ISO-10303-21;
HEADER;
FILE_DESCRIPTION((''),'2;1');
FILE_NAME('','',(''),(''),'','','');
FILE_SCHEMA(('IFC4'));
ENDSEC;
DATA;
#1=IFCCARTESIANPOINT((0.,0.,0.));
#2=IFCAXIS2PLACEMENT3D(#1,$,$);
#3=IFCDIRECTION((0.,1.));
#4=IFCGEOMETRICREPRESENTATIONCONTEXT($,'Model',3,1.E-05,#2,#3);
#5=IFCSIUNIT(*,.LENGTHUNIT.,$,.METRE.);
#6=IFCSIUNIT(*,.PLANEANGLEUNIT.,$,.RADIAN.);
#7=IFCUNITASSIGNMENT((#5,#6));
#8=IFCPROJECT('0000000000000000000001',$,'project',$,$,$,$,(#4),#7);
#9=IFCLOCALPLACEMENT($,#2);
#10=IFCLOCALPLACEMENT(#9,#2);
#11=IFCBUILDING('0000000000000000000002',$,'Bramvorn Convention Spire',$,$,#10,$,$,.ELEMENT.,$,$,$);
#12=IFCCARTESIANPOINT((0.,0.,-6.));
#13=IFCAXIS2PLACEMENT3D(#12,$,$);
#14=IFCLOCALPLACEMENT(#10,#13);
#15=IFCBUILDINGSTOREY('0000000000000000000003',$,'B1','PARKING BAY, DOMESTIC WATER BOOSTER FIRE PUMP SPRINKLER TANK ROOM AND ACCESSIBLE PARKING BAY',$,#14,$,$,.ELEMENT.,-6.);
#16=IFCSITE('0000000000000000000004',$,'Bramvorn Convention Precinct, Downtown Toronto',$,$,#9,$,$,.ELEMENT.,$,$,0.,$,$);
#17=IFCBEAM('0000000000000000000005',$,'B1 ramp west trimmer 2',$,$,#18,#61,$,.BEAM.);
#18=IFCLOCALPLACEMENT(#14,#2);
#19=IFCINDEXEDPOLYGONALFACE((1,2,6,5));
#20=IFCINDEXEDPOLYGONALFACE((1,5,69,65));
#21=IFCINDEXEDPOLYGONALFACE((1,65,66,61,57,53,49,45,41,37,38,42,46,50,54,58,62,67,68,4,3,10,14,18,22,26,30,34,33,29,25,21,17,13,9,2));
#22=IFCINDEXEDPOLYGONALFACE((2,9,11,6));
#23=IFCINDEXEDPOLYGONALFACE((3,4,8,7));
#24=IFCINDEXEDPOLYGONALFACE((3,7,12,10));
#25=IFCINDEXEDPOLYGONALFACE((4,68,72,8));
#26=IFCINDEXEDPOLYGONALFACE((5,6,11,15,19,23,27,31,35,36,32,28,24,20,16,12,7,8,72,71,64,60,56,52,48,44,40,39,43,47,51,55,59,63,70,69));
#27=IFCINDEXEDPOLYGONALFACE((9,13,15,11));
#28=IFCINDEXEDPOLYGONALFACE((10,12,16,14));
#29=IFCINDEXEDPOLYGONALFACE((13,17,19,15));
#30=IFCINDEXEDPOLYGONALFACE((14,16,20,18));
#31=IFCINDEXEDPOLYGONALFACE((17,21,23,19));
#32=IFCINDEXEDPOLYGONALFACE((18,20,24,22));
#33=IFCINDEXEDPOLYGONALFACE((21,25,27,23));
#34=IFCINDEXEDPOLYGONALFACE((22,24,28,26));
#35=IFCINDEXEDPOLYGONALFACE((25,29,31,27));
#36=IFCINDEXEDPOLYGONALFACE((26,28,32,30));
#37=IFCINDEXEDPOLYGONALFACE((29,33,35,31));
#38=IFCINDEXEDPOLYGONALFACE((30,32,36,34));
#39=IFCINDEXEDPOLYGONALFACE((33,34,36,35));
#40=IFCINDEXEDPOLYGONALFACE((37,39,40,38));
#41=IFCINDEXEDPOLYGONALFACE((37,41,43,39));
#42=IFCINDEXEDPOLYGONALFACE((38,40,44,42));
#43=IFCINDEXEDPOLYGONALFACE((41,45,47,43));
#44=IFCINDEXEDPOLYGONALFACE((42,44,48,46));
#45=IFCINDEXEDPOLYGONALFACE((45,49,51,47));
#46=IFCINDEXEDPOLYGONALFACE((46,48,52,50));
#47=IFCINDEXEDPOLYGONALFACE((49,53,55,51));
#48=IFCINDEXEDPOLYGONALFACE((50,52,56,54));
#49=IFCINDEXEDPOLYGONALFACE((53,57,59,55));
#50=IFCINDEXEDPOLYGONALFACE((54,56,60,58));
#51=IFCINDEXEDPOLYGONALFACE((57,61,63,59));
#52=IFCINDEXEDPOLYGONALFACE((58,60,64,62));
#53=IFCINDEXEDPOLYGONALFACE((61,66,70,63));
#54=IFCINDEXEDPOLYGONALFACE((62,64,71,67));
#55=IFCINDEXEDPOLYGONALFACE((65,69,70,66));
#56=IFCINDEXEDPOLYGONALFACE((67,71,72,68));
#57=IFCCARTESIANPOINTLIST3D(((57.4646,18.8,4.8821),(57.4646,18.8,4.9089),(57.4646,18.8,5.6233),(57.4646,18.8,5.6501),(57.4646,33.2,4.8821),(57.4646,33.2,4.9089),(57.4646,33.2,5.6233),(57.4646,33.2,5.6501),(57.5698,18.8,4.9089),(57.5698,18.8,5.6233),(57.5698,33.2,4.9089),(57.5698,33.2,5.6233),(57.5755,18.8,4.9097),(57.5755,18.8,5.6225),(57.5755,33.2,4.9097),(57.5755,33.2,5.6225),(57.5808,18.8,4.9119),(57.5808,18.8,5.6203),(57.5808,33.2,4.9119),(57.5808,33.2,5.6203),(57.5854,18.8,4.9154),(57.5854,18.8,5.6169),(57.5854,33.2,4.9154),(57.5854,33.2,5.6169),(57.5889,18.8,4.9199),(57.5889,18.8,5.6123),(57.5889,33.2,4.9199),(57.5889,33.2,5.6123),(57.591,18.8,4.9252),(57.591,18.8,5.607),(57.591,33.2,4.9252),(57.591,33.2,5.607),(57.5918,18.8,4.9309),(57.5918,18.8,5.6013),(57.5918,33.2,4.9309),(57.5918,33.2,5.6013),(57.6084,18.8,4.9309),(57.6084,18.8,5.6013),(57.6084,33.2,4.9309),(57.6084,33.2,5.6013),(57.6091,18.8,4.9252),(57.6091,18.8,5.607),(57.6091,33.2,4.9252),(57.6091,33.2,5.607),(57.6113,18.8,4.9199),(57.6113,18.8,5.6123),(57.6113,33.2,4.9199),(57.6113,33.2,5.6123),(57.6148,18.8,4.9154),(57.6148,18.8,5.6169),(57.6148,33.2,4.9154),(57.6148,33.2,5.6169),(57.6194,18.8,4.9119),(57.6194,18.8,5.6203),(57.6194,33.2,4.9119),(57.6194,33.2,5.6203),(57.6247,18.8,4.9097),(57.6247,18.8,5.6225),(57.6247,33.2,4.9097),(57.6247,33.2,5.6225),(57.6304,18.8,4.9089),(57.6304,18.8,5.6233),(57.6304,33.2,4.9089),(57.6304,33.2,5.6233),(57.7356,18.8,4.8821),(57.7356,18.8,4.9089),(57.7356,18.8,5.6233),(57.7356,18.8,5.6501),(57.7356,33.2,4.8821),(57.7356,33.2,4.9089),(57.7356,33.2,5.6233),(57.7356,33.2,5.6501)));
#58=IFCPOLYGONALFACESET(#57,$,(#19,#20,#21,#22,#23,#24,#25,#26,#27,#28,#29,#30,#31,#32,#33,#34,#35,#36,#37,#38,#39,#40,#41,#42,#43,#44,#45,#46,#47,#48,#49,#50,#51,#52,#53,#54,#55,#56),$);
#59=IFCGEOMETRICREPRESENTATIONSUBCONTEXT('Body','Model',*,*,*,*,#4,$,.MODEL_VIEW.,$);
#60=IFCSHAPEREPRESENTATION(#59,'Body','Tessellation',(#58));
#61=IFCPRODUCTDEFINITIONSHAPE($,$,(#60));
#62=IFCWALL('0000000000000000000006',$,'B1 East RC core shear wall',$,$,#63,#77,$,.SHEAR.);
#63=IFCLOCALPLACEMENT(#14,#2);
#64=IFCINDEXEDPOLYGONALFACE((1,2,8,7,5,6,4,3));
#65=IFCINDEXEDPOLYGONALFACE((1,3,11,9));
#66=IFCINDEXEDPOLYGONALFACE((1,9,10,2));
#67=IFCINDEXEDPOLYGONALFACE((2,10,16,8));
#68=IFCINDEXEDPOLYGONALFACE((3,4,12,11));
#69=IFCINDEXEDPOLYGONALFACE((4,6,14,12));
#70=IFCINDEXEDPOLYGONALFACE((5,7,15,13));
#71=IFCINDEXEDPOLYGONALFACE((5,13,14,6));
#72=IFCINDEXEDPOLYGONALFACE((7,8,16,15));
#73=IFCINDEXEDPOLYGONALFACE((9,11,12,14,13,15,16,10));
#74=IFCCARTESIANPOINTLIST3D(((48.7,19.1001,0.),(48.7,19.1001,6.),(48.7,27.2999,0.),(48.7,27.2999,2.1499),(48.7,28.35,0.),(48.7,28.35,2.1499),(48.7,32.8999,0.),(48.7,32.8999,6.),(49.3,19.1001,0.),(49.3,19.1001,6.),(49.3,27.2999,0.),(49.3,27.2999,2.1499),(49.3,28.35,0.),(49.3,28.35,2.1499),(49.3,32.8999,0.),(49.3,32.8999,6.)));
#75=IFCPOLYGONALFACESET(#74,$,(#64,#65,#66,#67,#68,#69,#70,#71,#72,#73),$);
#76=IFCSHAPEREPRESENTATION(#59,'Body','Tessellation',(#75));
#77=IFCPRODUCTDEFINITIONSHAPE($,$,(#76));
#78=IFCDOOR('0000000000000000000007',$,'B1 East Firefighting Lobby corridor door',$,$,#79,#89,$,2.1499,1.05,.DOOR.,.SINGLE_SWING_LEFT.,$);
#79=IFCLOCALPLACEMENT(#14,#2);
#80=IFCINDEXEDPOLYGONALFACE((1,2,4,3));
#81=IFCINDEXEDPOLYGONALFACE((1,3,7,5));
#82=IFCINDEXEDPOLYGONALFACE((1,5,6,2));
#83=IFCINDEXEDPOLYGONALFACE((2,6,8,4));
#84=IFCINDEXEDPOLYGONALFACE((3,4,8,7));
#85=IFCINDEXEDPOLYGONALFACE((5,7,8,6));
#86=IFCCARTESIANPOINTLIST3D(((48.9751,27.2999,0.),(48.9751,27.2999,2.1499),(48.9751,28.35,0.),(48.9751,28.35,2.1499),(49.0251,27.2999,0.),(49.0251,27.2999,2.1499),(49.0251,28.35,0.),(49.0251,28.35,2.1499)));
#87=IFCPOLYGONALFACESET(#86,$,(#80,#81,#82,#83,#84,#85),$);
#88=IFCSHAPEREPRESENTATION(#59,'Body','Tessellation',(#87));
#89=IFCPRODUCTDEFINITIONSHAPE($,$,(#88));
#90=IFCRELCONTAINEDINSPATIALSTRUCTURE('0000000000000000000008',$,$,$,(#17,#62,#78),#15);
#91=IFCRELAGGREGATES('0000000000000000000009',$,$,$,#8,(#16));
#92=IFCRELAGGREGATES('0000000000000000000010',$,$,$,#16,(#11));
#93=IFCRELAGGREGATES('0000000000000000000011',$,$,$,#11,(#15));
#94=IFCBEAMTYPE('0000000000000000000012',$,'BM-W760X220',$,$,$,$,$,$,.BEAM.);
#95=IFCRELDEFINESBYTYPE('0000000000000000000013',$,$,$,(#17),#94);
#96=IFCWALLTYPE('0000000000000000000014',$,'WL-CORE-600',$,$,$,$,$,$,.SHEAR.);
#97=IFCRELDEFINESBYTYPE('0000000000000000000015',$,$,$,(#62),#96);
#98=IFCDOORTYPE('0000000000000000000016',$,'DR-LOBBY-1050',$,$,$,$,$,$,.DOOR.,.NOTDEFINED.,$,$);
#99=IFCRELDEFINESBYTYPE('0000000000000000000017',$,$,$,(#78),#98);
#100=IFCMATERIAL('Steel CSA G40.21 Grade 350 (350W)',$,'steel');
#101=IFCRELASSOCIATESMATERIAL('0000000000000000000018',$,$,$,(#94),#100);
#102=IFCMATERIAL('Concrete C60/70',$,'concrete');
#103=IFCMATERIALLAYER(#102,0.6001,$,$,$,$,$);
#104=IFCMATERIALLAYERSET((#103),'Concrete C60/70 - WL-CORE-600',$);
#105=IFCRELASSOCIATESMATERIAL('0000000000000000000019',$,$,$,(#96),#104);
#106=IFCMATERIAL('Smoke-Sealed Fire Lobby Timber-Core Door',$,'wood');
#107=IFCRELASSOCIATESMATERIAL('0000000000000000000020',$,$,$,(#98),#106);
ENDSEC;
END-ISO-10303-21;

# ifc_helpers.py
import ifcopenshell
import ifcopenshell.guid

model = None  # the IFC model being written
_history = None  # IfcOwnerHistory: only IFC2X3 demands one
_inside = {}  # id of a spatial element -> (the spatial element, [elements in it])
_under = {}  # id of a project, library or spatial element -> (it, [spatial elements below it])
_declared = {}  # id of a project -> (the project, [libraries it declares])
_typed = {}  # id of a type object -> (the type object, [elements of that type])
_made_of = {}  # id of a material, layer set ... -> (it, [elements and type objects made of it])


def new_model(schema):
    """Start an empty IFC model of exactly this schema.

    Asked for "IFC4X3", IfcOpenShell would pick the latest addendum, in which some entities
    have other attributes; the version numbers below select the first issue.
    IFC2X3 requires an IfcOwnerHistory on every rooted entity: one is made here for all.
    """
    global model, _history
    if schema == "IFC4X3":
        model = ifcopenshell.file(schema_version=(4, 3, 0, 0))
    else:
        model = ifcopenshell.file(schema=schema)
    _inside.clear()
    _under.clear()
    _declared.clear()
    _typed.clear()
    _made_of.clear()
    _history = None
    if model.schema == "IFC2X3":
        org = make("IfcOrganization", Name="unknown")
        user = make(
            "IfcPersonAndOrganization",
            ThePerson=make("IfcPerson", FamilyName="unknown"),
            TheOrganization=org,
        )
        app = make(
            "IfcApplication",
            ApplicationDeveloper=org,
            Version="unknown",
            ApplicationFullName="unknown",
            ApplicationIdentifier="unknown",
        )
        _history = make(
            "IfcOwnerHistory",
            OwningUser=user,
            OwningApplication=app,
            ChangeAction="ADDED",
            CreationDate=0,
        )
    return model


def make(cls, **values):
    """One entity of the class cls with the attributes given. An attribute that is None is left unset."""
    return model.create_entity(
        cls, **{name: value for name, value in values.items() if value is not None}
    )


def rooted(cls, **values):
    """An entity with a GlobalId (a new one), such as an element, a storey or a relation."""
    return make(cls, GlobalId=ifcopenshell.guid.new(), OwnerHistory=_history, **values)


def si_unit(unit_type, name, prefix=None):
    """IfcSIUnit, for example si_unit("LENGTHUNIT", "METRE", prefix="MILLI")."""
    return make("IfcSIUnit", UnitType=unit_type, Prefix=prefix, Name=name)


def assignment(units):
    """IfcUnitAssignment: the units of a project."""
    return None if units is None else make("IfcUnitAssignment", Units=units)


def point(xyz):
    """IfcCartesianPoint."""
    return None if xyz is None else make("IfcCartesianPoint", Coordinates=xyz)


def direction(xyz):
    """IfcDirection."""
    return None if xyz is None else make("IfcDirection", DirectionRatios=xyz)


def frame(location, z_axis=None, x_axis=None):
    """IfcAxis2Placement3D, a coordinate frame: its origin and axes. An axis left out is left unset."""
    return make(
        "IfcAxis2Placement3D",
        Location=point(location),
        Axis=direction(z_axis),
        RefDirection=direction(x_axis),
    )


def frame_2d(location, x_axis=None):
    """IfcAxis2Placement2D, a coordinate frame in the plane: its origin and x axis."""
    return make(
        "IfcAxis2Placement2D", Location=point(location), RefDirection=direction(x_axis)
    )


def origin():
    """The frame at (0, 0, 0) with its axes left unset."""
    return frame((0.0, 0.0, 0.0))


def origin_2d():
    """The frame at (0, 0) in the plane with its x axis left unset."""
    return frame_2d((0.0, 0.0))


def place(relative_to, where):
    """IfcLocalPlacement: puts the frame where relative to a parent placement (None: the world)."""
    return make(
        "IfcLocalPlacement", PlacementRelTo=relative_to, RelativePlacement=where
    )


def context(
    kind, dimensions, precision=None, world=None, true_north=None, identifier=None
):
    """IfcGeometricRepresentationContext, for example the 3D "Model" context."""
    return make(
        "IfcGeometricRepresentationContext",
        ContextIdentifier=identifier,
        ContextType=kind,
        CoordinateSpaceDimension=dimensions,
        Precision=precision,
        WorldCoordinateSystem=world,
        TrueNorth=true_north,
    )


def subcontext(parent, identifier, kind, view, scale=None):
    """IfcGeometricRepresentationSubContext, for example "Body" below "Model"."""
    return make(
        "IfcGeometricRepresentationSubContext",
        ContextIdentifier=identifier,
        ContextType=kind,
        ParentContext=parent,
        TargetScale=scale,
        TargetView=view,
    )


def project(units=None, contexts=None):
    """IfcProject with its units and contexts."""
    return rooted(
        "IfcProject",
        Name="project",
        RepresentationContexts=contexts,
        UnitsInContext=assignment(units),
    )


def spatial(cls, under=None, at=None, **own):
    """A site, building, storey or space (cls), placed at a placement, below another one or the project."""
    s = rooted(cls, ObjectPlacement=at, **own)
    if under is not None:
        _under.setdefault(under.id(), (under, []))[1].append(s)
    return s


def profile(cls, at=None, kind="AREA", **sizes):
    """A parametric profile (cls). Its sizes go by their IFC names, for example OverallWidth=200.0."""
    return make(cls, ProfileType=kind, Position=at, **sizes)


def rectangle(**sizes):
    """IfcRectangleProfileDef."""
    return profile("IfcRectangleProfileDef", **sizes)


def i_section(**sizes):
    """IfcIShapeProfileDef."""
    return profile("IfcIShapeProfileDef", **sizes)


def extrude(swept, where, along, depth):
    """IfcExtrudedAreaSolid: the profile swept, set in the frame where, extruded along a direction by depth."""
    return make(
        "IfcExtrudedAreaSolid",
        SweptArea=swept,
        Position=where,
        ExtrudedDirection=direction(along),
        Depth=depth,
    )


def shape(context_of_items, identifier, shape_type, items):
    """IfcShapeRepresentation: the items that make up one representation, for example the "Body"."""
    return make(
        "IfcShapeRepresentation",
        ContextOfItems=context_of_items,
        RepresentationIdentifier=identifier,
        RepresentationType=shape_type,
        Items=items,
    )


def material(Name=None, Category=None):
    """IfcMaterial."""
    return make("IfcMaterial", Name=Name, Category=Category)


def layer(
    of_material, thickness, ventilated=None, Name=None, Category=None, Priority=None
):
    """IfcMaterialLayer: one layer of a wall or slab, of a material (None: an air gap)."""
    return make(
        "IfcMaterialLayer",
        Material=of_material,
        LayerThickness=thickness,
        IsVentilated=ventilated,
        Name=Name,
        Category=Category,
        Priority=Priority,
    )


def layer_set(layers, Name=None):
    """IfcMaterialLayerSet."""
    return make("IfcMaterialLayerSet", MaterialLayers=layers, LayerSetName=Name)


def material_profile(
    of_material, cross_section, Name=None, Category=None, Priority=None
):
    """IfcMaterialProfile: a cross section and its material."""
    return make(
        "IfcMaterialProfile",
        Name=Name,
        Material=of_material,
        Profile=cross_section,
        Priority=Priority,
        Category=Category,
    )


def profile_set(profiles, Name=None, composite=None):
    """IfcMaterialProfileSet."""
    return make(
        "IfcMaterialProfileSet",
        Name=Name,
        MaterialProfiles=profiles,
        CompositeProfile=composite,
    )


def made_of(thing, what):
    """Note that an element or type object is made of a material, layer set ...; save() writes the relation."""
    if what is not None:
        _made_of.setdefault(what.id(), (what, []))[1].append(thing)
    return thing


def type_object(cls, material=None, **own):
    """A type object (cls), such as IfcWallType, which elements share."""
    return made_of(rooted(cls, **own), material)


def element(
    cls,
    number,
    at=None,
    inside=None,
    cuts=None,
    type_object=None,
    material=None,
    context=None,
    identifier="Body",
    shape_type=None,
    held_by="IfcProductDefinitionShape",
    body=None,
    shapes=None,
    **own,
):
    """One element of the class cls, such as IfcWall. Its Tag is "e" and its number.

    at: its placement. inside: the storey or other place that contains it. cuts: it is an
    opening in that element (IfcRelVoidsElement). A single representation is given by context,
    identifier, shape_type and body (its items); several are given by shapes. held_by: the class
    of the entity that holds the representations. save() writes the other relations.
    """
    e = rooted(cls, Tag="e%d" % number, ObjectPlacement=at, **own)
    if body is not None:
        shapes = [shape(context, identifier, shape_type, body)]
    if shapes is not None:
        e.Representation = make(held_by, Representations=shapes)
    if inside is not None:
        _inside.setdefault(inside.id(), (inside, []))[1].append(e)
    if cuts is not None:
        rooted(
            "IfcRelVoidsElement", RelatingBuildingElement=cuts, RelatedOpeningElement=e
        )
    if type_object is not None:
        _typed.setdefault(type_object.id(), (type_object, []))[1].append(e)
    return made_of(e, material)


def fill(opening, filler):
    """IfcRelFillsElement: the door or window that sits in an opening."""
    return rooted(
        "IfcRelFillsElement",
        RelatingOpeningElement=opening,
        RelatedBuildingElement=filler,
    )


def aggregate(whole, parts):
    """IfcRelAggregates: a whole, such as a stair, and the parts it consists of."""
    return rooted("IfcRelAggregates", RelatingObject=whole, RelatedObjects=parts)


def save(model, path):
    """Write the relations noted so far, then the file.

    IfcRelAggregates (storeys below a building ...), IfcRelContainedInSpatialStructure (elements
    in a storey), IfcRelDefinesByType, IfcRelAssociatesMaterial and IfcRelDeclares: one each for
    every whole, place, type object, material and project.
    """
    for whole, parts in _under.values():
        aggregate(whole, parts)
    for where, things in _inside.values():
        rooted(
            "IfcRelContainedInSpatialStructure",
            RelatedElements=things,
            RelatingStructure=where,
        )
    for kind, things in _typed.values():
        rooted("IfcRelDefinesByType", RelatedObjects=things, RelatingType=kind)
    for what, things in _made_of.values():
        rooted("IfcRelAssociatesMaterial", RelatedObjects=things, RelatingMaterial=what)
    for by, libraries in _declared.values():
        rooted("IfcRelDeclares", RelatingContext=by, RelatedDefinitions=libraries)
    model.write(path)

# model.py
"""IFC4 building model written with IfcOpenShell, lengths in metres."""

from ifc_helpers import new_model, si_unit, direction, frame, frame_2d, origin, origin_2d, place, context, subcontext, project, spatial, rectangle, i_section, extrude, material, layer, layer_set, material_profile, profile_set, type_object, element, fill, save


model = new_model("IFC4")

# Units and contexts
model_context = context("Model", 3, precision=1e-05, world=origin(), true_north=direction((0.0, 1.0)))
body_context = subcontext(model_context, "Body", "Model", "MODEL_VIEW")
ifc_project = project(units=[si_unit("LENGTHUNIT", "METRE"), si_unit("PLANEANGLEUNIT", "RADIAN")], contexts=[model_context])

# Site, building, storey
site_placement = place(None, origin())
site = spatial("IfcSite", under=ifc_project, at=site_placement, Name="Bramvorn Convention Precinct, Downtown Toronto", CompositionType="ELEMENT", RefElevation=0.0)
building_placement = place(site_placement, origin())
building = spatial("IfcBuilding", under=site, at=building_placement, Name="Bramvorn Convention Spire", CompositionType="ELEMENT")
storey_placement = place(building_placement, frame((0.0, 0.0, -6.0)))
storey = spatial("IfcBuildingStorey", under=building, at=storey_placement, Name="B1", Description="PARKING BAY, DOMESTIC WATER BOOSTER FIRE PUMP SPRINKLER TANK ROOM AND ACCESSIBLE PARKING BAY", CompositionType="ELEMENT", Elevation=-6.0)

# Shared definitions
ifc_material_1 = material(Name="Concrete C60/70", Category="concrete")

# Shared definitions
ifc_material_2 = material(Name="Steel CSA G40.21 Grade 350 (350W)", Category="steel")

# Beam
ifc_material_profile_1 = material_profile(ifc_material_2, i_section(OverallWidth=0.271, OverallDepth=0.7681, WebThickness=0.0166, FlangeThickness=0.0269, FilletRadius=0.022, at=origin_2d()))
ifc_profile_set_1 = profile_set([ifc_material_profile_1], Name="Steel CSA G40.21 Grade 350 (350W) - W760X220")
beam_type_1 = type_object("IfcBeamType", Name="BM-W760X220", PredefinedType="BEAM", material=ifc_profile_set_1)
beam_1_placement = place(storey_placement, frame((57.6001, 18.8, 5.2661), z_axis=(0.0, 1.0, 0.0), x_axis=(-1.0, 0.0, 0.0)))
element("IfcBeam", 1, at=beam_1_placement, inside=storey, type_object=beam_type_1, Name="B1 ramp west trimmer 2", PredefinedType="BEAM", context=body_context, shape_type="SweptSolid", body=[
    extrude(i_section(OverallWidth=0.271, OverallDepth=0.7681, WebThickness=0.0166, FlangeThickness=0.0269, FilletRadius=0.022, at=origin_2d()), origin(), (0.0, 0.0, 1.0), 14.3999),
])

# Wall, opening, door
ifc_layer_1 = layer(ifc_material_1, 0.6001)
ifc_layer_set_1 = layer_set([ifc_layer_1], Name="Concrete C60/70 - WL-CORE-600")
wall_type = type_object("IfcWallType", Name="WL-CORE-600", PredefinedType="SHEAR", material=ifc_layer_set_1)
wall_placement = place(storey_placement, frame((49.0, 19.1001, 0.0), z_axis=(0.0, 0.0, 1.0), x_axis=(0.0, 1.0, 0.0)))
wall = element("IfcWall", 2, at=wall_placement, inside=storey, type_object=wall_type, Name="B1 East RC core shear wall", PredefinedType="SHEAR", context=body_context, shape_type="SweptSolid", body=[
    extrude(rectangle(XDim=13.7998, YDim=0.6001, at=frame_2d((6.8999, 0.0))), origin(), (0.0, 0.0, 1.0), 6.0),
])
opening_placement = place(wall_placement, frame((8.2, 0.0, 0.0)))
opening = element("IfcOpeningElement", 3, at=opening_placement, cuts=wall, PredefinedType="OPENING", context=body_context, shape_type="SweptSolid", body=[
    extrude(rectangle(XDim=1.05, YDim=2.1499, at=frame_2d((0.5249, 1.075))), frame((0.0, 0.3101, 0.0), z_axis=(0.0, -1.0, 0.0), x_axis=(1.0, 0.0, 0.0)), (0.0, 0.0, 1.0), 0.6201),
])
ifc_material_3 = material(Name="Smoke-Sealed Fire Lobby Timber-Core Door", Category="wood")
door_type = type_object("IfcDoorType", Name="DR-LOBBY-1050", OperationType="NOTDEFINED", PredefinedType="DOOR", material=ifc_material_3)
door_placement = place(opening_placement, origin())
door = element("IfcDoor", 4, at=door_placement, inside=storey, type_object=door_type, Name="B1 East Firefighting Lobby corridor door", OperationType="SINGLE_SWING_LEFT", OverallHeight=2.1499, OverallWidth=1.05, PredefinedType="DOOR", context=body_context, shape_type="SweptSolid", body=[
    extrude(rectangle(XDim=1.05, YDim=2.1499, at=frame_2d((0.5249, 1.075))), frame((0.0, 0.0249, 0.0), z_axis=(0.0, -1.0, 0.0), x_axis=(1.0, 0.0, 0.0)), (0.0, 0.0, 1.0), 0.05),
])
fill(opening, door)

save(model, "model.ifc")
